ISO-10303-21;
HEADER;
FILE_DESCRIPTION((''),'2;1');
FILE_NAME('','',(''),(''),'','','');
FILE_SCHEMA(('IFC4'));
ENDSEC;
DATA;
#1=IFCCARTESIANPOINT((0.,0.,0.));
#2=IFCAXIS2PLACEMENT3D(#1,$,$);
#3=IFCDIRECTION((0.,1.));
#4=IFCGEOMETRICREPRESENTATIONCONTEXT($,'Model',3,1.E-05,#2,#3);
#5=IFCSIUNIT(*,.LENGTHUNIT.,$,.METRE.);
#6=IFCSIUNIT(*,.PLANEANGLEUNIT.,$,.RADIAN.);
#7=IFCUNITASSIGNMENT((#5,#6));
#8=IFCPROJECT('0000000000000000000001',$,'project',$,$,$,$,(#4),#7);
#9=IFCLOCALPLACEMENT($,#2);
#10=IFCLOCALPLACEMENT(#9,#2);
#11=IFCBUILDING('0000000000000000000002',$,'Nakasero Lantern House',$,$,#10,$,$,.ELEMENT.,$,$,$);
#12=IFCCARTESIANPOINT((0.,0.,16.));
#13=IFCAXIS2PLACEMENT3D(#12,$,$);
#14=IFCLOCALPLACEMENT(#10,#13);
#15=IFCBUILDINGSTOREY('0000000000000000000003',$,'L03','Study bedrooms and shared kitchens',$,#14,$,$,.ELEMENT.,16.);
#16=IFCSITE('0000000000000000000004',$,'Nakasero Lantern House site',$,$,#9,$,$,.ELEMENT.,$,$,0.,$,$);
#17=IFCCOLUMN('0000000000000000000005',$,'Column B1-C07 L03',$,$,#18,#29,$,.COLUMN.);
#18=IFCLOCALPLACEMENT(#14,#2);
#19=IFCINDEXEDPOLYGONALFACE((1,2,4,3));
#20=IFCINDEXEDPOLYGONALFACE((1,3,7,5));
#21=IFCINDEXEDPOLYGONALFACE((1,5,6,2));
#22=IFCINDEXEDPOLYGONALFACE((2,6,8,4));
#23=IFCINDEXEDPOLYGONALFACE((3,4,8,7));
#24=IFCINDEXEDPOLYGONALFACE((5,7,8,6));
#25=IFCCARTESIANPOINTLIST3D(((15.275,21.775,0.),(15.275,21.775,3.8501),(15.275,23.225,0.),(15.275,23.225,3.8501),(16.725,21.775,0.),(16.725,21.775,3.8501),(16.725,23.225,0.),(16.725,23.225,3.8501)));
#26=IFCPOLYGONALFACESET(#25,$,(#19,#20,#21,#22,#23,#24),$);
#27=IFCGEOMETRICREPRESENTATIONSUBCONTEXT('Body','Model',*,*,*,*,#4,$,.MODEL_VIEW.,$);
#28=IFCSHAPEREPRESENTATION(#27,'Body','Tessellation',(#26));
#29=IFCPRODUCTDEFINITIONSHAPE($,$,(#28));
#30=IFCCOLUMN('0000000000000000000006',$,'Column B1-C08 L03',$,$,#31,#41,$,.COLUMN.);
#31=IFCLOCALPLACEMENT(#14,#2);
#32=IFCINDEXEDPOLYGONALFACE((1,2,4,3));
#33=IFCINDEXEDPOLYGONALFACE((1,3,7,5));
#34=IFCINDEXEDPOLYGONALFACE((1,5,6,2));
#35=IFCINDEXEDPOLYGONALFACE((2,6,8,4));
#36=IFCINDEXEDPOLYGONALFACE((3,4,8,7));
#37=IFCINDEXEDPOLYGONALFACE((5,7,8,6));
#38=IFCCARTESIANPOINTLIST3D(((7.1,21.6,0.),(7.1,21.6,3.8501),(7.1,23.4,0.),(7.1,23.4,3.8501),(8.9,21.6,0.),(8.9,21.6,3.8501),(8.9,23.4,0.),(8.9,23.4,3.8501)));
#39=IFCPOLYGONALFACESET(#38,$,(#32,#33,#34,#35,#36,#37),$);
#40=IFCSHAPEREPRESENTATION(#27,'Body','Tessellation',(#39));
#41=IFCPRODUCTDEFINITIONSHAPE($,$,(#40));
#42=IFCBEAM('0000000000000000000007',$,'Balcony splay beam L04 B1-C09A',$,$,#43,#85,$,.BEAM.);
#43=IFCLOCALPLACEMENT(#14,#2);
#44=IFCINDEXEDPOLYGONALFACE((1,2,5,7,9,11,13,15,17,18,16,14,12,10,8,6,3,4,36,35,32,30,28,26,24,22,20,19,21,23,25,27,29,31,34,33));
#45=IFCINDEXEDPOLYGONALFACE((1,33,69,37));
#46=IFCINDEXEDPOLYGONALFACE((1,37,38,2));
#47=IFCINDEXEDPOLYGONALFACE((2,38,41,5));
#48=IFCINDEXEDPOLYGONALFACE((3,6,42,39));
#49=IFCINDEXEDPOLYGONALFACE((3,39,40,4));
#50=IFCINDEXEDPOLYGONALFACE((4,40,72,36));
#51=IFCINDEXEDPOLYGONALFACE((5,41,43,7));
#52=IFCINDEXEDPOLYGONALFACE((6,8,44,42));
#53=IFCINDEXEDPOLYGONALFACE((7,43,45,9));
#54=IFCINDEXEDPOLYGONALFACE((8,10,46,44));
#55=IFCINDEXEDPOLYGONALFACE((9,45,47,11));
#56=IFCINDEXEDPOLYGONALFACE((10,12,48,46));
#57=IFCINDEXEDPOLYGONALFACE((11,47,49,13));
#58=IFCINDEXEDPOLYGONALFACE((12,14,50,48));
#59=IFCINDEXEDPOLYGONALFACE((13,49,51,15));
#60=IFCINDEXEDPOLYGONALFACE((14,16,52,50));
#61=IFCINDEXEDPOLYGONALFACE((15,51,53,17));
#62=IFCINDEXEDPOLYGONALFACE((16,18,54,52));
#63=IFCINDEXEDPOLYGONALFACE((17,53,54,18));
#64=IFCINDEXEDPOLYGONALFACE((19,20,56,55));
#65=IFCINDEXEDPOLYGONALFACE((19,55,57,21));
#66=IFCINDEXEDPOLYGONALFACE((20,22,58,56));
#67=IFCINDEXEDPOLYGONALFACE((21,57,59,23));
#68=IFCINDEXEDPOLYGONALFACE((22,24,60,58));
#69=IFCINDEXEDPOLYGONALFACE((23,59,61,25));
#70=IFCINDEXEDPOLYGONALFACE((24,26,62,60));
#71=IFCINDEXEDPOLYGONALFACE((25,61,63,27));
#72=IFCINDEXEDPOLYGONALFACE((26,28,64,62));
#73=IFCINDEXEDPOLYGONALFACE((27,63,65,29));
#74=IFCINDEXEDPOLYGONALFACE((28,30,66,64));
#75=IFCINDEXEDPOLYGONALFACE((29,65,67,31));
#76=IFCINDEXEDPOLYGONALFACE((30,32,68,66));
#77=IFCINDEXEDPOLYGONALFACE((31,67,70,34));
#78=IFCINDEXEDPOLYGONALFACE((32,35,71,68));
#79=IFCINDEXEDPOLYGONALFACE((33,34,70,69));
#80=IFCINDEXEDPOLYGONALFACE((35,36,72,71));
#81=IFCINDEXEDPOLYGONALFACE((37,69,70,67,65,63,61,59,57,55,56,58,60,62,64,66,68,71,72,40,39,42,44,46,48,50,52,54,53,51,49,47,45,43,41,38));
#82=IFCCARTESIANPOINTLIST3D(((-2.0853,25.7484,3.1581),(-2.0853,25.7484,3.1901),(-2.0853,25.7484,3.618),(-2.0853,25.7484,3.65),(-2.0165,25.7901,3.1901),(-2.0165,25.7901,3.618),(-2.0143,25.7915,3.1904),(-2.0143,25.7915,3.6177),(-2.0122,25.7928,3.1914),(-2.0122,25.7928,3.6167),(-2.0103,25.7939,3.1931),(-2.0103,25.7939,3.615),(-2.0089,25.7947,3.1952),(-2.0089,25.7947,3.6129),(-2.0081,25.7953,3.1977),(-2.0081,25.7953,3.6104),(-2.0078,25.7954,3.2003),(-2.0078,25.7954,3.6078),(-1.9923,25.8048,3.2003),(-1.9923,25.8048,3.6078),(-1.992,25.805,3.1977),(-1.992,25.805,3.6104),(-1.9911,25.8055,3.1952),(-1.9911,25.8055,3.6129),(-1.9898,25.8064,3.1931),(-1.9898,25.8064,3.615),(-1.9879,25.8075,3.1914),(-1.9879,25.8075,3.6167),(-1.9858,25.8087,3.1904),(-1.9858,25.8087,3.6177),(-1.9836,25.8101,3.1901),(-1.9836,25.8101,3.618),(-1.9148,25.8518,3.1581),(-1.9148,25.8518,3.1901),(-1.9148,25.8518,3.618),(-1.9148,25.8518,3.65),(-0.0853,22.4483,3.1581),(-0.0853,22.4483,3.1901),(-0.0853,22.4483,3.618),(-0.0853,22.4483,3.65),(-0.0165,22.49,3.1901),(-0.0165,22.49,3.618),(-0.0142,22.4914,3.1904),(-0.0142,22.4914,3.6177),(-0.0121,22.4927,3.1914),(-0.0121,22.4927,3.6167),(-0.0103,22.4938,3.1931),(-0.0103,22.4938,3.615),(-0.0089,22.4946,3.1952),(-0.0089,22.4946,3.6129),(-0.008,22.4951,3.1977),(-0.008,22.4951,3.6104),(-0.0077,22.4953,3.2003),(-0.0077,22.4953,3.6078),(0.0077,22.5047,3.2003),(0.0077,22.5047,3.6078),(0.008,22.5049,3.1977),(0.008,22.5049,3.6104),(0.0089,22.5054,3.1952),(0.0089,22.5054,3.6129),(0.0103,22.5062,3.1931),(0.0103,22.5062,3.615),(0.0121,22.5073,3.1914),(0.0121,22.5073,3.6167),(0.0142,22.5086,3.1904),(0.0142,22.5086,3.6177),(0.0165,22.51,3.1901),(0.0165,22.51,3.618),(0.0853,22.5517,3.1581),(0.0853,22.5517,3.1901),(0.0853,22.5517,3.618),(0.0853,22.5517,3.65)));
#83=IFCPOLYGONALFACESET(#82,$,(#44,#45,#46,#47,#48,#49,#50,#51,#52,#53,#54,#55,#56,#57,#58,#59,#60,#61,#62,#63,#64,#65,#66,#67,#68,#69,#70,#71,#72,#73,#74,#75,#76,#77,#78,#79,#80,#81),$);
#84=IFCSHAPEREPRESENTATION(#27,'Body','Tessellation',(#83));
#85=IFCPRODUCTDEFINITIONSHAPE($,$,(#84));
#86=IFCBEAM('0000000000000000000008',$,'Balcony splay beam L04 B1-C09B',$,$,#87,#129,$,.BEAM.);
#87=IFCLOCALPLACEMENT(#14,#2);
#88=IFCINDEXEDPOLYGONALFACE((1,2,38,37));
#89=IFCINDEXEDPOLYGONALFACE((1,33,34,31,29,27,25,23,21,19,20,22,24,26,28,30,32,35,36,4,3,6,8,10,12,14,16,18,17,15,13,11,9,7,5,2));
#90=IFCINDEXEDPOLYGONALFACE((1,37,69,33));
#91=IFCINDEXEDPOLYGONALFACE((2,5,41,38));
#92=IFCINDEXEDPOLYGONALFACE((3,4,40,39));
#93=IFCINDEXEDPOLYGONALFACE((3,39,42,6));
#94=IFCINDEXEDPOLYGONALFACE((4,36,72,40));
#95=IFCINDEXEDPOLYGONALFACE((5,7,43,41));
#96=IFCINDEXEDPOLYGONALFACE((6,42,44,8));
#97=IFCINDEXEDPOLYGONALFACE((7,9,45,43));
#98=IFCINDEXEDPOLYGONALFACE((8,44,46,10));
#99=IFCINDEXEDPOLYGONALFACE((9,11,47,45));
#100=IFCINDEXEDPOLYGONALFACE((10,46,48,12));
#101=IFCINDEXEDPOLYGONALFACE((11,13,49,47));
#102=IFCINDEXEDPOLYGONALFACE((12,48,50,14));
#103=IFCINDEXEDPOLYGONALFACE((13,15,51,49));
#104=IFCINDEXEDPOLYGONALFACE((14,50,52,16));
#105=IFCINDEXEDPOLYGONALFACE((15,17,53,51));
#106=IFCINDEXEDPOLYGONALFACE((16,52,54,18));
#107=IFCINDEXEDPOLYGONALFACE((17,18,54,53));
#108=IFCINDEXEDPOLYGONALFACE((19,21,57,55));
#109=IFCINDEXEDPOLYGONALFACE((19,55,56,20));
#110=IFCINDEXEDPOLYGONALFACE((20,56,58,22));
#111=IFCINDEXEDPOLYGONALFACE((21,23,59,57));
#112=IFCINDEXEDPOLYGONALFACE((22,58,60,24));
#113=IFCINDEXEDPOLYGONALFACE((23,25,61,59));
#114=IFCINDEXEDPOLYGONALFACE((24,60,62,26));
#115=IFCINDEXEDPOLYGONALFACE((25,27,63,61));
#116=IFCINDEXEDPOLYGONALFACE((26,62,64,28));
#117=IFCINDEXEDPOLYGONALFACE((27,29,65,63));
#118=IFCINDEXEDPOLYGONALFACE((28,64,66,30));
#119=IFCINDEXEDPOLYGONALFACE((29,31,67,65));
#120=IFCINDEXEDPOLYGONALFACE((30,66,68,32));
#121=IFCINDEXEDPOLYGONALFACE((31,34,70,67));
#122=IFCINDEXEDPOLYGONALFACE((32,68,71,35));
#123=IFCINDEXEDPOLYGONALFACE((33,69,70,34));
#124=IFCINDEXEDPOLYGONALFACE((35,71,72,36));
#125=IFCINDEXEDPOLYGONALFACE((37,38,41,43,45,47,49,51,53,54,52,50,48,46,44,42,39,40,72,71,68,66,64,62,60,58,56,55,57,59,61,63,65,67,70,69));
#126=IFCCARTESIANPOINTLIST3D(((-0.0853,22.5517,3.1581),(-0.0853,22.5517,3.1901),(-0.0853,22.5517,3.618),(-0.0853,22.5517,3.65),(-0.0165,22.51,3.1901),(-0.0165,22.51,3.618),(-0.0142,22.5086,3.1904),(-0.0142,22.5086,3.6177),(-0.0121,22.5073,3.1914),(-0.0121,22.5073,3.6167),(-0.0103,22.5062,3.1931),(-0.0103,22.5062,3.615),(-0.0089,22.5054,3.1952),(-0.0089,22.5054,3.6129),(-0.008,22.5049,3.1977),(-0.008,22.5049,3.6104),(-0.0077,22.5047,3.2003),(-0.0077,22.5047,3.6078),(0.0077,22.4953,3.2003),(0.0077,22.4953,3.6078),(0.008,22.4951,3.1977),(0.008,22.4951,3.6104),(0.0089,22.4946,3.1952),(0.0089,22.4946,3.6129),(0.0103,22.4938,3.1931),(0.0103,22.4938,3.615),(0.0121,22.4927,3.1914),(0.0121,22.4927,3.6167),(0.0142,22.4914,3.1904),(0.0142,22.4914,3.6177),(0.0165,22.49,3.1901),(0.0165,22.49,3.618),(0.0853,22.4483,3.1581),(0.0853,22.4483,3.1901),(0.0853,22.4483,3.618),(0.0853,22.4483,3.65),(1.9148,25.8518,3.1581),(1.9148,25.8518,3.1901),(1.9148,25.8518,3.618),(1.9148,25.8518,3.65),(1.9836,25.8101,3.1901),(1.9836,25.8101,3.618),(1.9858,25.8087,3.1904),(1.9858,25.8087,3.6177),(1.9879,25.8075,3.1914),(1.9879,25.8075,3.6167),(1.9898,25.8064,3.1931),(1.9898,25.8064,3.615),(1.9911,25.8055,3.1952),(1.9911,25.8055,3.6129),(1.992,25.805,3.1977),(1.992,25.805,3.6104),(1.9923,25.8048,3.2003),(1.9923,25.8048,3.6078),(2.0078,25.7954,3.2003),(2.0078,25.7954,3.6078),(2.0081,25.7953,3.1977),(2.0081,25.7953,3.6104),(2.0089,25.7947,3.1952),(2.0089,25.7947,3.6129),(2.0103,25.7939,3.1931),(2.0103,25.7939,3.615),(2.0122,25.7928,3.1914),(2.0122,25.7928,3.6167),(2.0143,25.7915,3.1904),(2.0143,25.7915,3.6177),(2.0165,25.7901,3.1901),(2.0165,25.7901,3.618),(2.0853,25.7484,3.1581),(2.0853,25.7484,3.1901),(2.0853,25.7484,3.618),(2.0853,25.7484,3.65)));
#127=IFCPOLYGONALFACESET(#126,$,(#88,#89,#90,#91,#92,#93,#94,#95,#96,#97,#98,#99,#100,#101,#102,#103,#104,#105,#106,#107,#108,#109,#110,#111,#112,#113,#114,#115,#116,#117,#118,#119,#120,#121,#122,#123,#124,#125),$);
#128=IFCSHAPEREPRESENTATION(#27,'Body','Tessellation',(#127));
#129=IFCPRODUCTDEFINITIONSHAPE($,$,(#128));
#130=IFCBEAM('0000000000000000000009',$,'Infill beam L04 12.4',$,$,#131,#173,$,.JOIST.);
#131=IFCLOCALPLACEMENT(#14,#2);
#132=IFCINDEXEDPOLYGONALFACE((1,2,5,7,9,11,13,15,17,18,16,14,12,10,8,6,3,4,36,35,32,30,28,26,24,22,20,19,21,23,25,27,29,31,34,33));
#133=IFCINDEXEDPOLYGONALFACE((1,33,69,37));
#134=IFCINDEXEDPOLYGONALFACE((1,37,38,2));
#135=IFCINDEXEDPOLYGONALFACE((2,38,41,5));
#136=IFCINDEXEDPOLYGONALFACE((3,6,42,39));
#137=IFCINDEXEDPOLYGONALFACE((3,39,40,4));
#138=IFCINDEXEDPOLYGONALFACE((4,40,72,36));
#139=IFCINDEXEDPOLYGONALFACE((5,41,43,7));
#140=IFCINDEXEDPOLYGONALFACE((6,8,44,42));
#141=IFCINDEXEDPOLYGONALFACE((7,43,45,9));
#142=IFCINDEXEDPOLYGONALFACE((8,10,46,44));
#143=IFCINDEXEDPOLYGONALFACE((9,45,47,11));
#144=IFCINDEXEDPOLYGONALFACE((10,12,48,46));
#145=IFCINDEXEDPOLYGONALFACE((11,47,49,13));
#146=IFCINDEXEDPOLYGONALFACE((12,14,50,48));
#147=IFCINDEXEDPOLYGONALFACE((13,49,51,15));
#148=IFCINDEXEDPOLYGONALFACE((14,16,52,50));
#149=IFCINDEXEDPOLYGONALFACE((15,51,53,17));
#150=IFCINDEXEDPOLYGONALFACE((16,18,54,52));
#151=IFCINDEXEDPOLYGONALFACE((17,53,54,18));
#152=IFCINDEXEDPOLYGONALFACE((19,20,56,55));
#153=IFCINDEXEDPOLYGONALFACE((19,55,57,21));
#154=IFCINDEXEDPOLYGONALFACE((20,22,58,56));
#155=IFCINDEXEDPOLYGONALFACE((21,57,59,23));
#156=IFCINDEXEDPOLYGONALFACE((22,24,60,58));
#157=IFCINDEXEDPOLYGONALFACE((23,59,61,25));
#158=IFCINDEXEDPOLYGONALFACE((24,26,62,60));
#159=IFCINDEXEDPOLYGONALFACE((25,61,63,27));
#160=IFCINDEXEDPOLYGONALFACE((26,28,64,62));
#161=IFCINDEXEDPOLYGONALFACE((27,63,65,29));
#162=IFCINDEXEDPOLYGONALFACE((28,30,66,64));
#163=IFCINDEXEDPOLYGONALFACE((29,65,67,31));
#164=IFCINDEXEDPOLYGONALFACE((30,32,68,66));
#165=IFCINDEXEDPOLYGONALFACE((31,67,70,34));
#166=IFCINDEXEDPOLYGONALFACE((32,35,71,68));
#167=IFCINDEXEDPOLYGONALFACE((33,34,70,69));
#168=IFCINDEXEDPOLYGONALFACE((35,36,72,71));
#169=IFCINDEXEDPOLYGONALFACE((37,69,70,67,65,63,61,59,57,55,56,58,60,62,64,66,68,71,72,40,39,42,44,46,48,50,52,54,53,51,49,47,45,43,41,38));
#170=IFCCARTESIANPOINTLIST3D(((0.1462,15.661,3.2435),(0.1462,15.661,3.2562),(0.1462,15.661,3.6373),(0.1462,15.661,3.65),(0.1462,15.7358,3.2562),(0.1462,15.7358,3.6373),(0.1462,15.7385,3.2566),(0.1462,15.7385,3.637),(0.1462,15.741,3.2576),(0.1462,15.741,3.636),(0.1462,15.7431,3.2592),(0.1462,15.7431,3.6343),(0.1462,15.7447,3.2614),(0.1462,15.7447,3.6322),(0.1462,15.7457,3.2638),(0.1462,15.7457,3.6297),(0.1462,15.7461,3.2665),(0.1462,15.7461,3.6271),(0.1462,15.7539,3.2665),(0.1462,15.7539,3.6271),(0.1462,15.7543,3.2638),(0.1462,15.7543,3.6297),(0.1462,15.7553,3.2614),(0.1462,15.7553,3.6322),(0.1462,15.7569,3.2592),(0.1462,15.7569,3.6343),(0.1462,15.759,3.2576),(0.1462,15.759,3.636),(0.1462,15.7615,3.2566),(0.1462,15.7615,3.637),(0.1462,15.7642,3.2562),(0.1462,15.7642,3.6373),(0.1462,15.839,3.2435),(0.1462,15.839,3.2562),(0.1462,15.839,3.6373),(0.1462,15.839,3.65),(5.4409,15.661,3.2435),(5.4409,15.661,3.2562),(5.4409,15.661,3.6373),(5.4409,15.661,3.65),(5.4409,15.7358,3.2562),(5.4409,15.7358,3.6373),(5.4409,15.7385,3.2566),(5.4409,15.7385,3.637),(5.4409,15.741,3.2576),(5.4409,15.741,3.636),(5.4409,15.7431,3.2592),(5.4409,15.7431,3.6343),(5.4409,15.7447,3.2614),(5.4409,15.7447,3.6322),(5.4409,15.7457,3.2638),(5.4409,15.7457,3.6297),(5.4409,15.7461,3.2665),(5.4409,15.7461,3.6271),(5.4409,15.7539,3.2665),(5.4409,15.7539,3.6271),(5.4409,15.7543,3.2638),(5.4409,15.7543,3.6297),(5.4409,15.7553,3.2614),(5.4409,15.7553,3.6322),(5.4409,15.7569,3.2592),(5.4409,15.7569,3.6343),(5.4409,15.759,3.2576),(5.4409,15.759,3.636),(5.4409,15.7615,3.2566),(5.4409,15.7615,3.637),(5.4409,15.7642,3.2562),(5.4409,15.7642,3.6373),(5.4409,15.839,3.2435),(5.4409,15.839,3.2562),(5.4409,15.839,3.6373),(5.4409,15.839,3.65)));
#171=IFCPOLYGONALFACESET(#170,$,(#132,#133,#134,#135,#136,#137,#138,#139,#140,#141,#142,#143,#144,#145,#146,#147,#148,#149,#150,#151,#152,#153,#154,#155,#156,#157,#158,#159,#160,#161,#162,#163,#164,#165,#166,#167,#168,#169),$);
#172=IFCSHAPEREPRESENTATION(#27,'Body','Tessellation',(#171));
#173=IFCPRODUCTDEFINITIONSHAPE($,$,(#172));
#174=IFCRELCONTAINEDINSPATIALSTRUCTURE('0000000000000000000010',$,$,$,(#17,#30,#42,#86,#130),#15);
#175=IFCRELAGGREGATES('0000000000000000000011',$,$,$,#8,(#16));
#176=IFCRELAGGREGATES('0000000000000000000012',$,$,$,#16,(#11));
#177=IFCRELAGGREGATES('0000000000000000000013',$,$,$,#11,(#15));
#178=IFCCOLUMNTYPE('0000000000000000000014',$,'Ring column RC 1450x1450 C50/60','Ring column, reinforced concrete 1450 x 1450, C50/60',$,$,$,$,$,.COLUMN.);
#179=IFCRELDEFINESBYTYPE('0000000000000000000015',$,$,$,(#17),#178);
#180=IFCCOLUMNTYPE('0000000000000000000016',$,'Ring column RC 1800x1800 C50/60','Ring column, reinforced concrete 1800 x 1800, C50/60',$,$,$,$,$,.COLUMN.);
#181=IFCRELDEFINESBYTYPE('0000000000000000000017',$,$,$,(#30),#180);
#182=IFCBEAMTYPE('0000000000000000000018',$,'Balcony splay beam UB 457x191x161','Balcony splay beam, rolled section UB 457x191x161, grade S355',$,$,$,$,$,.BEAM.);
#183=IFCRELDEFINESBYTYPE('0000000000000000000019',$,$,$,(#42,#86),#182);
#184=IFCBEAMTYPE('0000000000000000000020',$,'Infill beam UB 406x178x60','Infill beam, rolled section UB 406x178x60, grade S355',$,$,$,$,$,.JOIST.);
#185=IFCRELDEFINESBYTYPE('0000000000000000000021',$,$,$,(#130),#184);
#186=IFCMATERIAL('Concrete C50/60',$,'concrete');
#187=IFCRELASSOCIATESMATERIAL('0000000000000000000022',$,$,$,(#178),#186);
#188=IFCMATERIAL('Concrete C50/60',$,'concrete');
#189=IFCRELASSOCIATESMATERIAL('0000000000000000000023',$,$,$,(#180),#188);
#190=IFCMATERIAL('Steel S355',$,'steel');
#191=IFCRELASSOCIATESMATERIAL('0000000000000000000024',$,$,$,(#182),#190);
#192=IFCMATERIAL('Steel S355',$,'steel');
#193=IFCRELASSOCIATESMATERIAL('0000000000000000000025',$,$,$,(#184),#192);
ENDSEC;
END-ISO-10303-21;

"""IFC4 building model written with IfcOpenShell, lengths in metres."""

from ifc_helpers import new_model, si_unit, direction, frame, origin, origin_2d, place, context, subcontext, project, spatial, rectangle, i_section, extrude, material, material_profile, profile_set, type_object, element, save


model = new_model("IFC4")

# Units and contexts
model_context = context("Model", 3, precision=1e-05, world=origin(), true_north=direction((0.0, 1.0)))
body_context = subcontext(model_context, "Body", "Model", "MODEL_VIEW")
ifc_project = project(units=[si_unit("LENGTHUNIT", "METRE"), si_unit("PLANEANGLEUNIT", "RADIAN")], contexts=[model_context])

# Site, building, storey
site_placement = place(None, origin())
site = spatial("IfcSite", under=ifc_project, at=site_placement, Name="Nakasero Lantern House site", CompositionType="ELEMENT", RefElevation=0.0)
building_placement = place(site_placement, origin())
building = spatial("IfcBuilding", under=site, at=building_placement, Name="Nakasero Lantern House", CompositionType="ELEMENT")
storey_placement = place(building_placement, frame((0.0, 0.0, 16.0)))
storey = spatial("IfcBuildingStorey", under=building, at=storey_placement, Name="L03", Description="Study bedrooms and shared kitchens", CompositionType="ELEMENT", Elevation=16.0)

# Columns
ifc_material_1 = material(Name="Concrete C50/60", Category="concrete")
ifc_material_profile_1 = material_profile(ifc_material_1, rectangle(XDim=1.45, YDim=1.45, at=origin_2d()), Name="RC 1450x1450")
ifc_profile_set_1 = profile_set([ifc_material_profile_1], Name="Concrete C50/60")
column_type_1 = type_object("IfcColumnType", Name="Ring column RC 1450x1450 C50/60", Description="Ring column, reinforced concrete 1450 x 1450, C50/60", PredefinedType="COLUMN", material=ifc_profile_set_1)
column_1_placement = place(storey_placement, frame((16.0, 22.5, 0.0), z_axis=(0.0, 0.0, 1.0), x_axis=(1.0, 0.0, 0.0)))
element("IfcColumn", 1, at=column_1_placement, inside=storey, type_object=column_type_1, Name="Column B1-C07 L03", PredefinedType="COLUMN", context=body_context, shape_type="SweptSolid", body=[
    extrude(rectangle(XDim=1.45, YDim=1.45, at=origin_2d()), origin(), (0.0, 0.0, 1.0), 3.8501),
])
ifc_material_2 = material(Name="Concrete C50/60", Category="concrete")
ifc_material_profile_2 = material_profile(ifc_material_2, rectangle(XDim=1.8, YDim=1.8, at=origin_2d()), Name="RC 1800x1800")
ifc_profile_set_2 = profile_set([ifc_material_profile_2], Name="Concrete C50/60")
column_type_2 = type_object("IfcColumnType", Name="Ring column RC 1800x1800 C50/60", Description="Ring column, reinforced concrete 1800 x 1800, C50/60", PredefinedType="COLUMN", material=ifc_profile_set_2)
column_2_placement = place(storey_placement, frame((8.0, 22.5, 0.0), z_axis=(0.0, 0.0, 1.0), x_axis=(1.0, 0.0, 0.0)))
element("IfcColumn", 2, at=column_2_placement, inside=storey, type_object=column_type_2, Name="Column B1-C08 L03", PredefinedType="COLUMN", context=body_context, shape_type="SweptSolid", body=[
    extrude(rectangle(XDim=1.8, YDim=1.8, at=origin_2d()), origin(), (0.0, 0.0, 1.0), 3.8501),
])

# Beams
ifc_material_3 = material(Name="Steel S355", Category="steel")
ifc_material_profile_3 = material_profile(ifc_material_3, i_section(OverallWidth=0.1995, OverallDepth=0.4919, WebThickness=0.0181, FlangeThickness=0.032, FilletRadius=0.0103, at=origin_2d()), Name="UB 457x191x161")
ifc_profile_set_3 = profile_set([ifc_material_profile_3], Name="Steel S355")
beam_type_1 = type_object("IfcBeamType", Name="Balcony splay beam UB 457x191x161", Description="Balcony splay beam, rolled section UB 457x191x161, grade S355", PredefinedType="BEAM", material=ifc_profile_set_3)
for number, where, z_axis, x_axis, name in (
    (3, (0.0, 22.5, 3.4041), (-0.518296, 0.855201, 0.0), (-0.855201, -0.518296, 0.0), "Balcony splay beam L04 B1-C09A"),
    (4, (0.0, 22.5, 3.4041), (0.518296, 0.855201, 0.0), (-0.855201, 0.518296, 0.0), "Balcony splay beam L04 B1-C09B"),
):
    element("IfcBeam", number, at=place(storey_placement, frame(where, z_axis=z_axis, x_axis=x_axis)), inside=storey, type_object=beam_type_1, Name=name, PredefinedType="BEAM", context=body_context, shape_type="SweptSolid", body=[
        extrude(i_section(OverallWidth=0.1995, OverallDepth=0.4919, WebThickness=0.0181, FlangeThickness=0.032, FilletRadius=0.0103, at=origin_2d()), origin(), (0.0, 0.0, 1.0), 3.8589),
    ])
ifc_material_4 = material(Name="Steel S355", Category="steel")
ifc_material_profile_4 = material_profile(ifc_material_4, i_section(OverallWidth=0.178, OverallDepth=0.4065, WebThickness=0.0078, FlangeThickness=0.0127, FilletRadius=0.0103, at=origin_2d()), Name="UB 406x178x60")
ifc_profile_set_4 = profile_set([ifc_material_profile_4], Name="Steel S355")
beam_type_2 = type_object("IfcBeamType", Name="Infill beam UB 406x178x60", Description="Infill beam, rolled section UB 406x178x60, grade S355", PredefinedType="JOIST", material=ifc_profile_set_4)
beam_1_placement = place(storey_placement, frame((0.1462, 15.75, 3.4468), z_axis=(1.0, 0.0, 0.0), x_axis=(0.0, 1.0, 0.0)))
element("IfcBeam", 5, at=beam_1_placement, inside=storey, type_object=beam_type_2, Name="Infill beam L04 12.4", PredefinedType="JOIST", context=body_context, shape_type="SweptSolid", body=[
    extrude(i_section(OverallWidth=0.178, OverallDepth=0.4065, WebThickness=0.0078, FlangeThickness=0.0127, FilletRadius=0.0103, at=origin_2d()), origin(), (0.0, 0.0, 1.0), 5.2947),
])

save(model, "model.ifc")
